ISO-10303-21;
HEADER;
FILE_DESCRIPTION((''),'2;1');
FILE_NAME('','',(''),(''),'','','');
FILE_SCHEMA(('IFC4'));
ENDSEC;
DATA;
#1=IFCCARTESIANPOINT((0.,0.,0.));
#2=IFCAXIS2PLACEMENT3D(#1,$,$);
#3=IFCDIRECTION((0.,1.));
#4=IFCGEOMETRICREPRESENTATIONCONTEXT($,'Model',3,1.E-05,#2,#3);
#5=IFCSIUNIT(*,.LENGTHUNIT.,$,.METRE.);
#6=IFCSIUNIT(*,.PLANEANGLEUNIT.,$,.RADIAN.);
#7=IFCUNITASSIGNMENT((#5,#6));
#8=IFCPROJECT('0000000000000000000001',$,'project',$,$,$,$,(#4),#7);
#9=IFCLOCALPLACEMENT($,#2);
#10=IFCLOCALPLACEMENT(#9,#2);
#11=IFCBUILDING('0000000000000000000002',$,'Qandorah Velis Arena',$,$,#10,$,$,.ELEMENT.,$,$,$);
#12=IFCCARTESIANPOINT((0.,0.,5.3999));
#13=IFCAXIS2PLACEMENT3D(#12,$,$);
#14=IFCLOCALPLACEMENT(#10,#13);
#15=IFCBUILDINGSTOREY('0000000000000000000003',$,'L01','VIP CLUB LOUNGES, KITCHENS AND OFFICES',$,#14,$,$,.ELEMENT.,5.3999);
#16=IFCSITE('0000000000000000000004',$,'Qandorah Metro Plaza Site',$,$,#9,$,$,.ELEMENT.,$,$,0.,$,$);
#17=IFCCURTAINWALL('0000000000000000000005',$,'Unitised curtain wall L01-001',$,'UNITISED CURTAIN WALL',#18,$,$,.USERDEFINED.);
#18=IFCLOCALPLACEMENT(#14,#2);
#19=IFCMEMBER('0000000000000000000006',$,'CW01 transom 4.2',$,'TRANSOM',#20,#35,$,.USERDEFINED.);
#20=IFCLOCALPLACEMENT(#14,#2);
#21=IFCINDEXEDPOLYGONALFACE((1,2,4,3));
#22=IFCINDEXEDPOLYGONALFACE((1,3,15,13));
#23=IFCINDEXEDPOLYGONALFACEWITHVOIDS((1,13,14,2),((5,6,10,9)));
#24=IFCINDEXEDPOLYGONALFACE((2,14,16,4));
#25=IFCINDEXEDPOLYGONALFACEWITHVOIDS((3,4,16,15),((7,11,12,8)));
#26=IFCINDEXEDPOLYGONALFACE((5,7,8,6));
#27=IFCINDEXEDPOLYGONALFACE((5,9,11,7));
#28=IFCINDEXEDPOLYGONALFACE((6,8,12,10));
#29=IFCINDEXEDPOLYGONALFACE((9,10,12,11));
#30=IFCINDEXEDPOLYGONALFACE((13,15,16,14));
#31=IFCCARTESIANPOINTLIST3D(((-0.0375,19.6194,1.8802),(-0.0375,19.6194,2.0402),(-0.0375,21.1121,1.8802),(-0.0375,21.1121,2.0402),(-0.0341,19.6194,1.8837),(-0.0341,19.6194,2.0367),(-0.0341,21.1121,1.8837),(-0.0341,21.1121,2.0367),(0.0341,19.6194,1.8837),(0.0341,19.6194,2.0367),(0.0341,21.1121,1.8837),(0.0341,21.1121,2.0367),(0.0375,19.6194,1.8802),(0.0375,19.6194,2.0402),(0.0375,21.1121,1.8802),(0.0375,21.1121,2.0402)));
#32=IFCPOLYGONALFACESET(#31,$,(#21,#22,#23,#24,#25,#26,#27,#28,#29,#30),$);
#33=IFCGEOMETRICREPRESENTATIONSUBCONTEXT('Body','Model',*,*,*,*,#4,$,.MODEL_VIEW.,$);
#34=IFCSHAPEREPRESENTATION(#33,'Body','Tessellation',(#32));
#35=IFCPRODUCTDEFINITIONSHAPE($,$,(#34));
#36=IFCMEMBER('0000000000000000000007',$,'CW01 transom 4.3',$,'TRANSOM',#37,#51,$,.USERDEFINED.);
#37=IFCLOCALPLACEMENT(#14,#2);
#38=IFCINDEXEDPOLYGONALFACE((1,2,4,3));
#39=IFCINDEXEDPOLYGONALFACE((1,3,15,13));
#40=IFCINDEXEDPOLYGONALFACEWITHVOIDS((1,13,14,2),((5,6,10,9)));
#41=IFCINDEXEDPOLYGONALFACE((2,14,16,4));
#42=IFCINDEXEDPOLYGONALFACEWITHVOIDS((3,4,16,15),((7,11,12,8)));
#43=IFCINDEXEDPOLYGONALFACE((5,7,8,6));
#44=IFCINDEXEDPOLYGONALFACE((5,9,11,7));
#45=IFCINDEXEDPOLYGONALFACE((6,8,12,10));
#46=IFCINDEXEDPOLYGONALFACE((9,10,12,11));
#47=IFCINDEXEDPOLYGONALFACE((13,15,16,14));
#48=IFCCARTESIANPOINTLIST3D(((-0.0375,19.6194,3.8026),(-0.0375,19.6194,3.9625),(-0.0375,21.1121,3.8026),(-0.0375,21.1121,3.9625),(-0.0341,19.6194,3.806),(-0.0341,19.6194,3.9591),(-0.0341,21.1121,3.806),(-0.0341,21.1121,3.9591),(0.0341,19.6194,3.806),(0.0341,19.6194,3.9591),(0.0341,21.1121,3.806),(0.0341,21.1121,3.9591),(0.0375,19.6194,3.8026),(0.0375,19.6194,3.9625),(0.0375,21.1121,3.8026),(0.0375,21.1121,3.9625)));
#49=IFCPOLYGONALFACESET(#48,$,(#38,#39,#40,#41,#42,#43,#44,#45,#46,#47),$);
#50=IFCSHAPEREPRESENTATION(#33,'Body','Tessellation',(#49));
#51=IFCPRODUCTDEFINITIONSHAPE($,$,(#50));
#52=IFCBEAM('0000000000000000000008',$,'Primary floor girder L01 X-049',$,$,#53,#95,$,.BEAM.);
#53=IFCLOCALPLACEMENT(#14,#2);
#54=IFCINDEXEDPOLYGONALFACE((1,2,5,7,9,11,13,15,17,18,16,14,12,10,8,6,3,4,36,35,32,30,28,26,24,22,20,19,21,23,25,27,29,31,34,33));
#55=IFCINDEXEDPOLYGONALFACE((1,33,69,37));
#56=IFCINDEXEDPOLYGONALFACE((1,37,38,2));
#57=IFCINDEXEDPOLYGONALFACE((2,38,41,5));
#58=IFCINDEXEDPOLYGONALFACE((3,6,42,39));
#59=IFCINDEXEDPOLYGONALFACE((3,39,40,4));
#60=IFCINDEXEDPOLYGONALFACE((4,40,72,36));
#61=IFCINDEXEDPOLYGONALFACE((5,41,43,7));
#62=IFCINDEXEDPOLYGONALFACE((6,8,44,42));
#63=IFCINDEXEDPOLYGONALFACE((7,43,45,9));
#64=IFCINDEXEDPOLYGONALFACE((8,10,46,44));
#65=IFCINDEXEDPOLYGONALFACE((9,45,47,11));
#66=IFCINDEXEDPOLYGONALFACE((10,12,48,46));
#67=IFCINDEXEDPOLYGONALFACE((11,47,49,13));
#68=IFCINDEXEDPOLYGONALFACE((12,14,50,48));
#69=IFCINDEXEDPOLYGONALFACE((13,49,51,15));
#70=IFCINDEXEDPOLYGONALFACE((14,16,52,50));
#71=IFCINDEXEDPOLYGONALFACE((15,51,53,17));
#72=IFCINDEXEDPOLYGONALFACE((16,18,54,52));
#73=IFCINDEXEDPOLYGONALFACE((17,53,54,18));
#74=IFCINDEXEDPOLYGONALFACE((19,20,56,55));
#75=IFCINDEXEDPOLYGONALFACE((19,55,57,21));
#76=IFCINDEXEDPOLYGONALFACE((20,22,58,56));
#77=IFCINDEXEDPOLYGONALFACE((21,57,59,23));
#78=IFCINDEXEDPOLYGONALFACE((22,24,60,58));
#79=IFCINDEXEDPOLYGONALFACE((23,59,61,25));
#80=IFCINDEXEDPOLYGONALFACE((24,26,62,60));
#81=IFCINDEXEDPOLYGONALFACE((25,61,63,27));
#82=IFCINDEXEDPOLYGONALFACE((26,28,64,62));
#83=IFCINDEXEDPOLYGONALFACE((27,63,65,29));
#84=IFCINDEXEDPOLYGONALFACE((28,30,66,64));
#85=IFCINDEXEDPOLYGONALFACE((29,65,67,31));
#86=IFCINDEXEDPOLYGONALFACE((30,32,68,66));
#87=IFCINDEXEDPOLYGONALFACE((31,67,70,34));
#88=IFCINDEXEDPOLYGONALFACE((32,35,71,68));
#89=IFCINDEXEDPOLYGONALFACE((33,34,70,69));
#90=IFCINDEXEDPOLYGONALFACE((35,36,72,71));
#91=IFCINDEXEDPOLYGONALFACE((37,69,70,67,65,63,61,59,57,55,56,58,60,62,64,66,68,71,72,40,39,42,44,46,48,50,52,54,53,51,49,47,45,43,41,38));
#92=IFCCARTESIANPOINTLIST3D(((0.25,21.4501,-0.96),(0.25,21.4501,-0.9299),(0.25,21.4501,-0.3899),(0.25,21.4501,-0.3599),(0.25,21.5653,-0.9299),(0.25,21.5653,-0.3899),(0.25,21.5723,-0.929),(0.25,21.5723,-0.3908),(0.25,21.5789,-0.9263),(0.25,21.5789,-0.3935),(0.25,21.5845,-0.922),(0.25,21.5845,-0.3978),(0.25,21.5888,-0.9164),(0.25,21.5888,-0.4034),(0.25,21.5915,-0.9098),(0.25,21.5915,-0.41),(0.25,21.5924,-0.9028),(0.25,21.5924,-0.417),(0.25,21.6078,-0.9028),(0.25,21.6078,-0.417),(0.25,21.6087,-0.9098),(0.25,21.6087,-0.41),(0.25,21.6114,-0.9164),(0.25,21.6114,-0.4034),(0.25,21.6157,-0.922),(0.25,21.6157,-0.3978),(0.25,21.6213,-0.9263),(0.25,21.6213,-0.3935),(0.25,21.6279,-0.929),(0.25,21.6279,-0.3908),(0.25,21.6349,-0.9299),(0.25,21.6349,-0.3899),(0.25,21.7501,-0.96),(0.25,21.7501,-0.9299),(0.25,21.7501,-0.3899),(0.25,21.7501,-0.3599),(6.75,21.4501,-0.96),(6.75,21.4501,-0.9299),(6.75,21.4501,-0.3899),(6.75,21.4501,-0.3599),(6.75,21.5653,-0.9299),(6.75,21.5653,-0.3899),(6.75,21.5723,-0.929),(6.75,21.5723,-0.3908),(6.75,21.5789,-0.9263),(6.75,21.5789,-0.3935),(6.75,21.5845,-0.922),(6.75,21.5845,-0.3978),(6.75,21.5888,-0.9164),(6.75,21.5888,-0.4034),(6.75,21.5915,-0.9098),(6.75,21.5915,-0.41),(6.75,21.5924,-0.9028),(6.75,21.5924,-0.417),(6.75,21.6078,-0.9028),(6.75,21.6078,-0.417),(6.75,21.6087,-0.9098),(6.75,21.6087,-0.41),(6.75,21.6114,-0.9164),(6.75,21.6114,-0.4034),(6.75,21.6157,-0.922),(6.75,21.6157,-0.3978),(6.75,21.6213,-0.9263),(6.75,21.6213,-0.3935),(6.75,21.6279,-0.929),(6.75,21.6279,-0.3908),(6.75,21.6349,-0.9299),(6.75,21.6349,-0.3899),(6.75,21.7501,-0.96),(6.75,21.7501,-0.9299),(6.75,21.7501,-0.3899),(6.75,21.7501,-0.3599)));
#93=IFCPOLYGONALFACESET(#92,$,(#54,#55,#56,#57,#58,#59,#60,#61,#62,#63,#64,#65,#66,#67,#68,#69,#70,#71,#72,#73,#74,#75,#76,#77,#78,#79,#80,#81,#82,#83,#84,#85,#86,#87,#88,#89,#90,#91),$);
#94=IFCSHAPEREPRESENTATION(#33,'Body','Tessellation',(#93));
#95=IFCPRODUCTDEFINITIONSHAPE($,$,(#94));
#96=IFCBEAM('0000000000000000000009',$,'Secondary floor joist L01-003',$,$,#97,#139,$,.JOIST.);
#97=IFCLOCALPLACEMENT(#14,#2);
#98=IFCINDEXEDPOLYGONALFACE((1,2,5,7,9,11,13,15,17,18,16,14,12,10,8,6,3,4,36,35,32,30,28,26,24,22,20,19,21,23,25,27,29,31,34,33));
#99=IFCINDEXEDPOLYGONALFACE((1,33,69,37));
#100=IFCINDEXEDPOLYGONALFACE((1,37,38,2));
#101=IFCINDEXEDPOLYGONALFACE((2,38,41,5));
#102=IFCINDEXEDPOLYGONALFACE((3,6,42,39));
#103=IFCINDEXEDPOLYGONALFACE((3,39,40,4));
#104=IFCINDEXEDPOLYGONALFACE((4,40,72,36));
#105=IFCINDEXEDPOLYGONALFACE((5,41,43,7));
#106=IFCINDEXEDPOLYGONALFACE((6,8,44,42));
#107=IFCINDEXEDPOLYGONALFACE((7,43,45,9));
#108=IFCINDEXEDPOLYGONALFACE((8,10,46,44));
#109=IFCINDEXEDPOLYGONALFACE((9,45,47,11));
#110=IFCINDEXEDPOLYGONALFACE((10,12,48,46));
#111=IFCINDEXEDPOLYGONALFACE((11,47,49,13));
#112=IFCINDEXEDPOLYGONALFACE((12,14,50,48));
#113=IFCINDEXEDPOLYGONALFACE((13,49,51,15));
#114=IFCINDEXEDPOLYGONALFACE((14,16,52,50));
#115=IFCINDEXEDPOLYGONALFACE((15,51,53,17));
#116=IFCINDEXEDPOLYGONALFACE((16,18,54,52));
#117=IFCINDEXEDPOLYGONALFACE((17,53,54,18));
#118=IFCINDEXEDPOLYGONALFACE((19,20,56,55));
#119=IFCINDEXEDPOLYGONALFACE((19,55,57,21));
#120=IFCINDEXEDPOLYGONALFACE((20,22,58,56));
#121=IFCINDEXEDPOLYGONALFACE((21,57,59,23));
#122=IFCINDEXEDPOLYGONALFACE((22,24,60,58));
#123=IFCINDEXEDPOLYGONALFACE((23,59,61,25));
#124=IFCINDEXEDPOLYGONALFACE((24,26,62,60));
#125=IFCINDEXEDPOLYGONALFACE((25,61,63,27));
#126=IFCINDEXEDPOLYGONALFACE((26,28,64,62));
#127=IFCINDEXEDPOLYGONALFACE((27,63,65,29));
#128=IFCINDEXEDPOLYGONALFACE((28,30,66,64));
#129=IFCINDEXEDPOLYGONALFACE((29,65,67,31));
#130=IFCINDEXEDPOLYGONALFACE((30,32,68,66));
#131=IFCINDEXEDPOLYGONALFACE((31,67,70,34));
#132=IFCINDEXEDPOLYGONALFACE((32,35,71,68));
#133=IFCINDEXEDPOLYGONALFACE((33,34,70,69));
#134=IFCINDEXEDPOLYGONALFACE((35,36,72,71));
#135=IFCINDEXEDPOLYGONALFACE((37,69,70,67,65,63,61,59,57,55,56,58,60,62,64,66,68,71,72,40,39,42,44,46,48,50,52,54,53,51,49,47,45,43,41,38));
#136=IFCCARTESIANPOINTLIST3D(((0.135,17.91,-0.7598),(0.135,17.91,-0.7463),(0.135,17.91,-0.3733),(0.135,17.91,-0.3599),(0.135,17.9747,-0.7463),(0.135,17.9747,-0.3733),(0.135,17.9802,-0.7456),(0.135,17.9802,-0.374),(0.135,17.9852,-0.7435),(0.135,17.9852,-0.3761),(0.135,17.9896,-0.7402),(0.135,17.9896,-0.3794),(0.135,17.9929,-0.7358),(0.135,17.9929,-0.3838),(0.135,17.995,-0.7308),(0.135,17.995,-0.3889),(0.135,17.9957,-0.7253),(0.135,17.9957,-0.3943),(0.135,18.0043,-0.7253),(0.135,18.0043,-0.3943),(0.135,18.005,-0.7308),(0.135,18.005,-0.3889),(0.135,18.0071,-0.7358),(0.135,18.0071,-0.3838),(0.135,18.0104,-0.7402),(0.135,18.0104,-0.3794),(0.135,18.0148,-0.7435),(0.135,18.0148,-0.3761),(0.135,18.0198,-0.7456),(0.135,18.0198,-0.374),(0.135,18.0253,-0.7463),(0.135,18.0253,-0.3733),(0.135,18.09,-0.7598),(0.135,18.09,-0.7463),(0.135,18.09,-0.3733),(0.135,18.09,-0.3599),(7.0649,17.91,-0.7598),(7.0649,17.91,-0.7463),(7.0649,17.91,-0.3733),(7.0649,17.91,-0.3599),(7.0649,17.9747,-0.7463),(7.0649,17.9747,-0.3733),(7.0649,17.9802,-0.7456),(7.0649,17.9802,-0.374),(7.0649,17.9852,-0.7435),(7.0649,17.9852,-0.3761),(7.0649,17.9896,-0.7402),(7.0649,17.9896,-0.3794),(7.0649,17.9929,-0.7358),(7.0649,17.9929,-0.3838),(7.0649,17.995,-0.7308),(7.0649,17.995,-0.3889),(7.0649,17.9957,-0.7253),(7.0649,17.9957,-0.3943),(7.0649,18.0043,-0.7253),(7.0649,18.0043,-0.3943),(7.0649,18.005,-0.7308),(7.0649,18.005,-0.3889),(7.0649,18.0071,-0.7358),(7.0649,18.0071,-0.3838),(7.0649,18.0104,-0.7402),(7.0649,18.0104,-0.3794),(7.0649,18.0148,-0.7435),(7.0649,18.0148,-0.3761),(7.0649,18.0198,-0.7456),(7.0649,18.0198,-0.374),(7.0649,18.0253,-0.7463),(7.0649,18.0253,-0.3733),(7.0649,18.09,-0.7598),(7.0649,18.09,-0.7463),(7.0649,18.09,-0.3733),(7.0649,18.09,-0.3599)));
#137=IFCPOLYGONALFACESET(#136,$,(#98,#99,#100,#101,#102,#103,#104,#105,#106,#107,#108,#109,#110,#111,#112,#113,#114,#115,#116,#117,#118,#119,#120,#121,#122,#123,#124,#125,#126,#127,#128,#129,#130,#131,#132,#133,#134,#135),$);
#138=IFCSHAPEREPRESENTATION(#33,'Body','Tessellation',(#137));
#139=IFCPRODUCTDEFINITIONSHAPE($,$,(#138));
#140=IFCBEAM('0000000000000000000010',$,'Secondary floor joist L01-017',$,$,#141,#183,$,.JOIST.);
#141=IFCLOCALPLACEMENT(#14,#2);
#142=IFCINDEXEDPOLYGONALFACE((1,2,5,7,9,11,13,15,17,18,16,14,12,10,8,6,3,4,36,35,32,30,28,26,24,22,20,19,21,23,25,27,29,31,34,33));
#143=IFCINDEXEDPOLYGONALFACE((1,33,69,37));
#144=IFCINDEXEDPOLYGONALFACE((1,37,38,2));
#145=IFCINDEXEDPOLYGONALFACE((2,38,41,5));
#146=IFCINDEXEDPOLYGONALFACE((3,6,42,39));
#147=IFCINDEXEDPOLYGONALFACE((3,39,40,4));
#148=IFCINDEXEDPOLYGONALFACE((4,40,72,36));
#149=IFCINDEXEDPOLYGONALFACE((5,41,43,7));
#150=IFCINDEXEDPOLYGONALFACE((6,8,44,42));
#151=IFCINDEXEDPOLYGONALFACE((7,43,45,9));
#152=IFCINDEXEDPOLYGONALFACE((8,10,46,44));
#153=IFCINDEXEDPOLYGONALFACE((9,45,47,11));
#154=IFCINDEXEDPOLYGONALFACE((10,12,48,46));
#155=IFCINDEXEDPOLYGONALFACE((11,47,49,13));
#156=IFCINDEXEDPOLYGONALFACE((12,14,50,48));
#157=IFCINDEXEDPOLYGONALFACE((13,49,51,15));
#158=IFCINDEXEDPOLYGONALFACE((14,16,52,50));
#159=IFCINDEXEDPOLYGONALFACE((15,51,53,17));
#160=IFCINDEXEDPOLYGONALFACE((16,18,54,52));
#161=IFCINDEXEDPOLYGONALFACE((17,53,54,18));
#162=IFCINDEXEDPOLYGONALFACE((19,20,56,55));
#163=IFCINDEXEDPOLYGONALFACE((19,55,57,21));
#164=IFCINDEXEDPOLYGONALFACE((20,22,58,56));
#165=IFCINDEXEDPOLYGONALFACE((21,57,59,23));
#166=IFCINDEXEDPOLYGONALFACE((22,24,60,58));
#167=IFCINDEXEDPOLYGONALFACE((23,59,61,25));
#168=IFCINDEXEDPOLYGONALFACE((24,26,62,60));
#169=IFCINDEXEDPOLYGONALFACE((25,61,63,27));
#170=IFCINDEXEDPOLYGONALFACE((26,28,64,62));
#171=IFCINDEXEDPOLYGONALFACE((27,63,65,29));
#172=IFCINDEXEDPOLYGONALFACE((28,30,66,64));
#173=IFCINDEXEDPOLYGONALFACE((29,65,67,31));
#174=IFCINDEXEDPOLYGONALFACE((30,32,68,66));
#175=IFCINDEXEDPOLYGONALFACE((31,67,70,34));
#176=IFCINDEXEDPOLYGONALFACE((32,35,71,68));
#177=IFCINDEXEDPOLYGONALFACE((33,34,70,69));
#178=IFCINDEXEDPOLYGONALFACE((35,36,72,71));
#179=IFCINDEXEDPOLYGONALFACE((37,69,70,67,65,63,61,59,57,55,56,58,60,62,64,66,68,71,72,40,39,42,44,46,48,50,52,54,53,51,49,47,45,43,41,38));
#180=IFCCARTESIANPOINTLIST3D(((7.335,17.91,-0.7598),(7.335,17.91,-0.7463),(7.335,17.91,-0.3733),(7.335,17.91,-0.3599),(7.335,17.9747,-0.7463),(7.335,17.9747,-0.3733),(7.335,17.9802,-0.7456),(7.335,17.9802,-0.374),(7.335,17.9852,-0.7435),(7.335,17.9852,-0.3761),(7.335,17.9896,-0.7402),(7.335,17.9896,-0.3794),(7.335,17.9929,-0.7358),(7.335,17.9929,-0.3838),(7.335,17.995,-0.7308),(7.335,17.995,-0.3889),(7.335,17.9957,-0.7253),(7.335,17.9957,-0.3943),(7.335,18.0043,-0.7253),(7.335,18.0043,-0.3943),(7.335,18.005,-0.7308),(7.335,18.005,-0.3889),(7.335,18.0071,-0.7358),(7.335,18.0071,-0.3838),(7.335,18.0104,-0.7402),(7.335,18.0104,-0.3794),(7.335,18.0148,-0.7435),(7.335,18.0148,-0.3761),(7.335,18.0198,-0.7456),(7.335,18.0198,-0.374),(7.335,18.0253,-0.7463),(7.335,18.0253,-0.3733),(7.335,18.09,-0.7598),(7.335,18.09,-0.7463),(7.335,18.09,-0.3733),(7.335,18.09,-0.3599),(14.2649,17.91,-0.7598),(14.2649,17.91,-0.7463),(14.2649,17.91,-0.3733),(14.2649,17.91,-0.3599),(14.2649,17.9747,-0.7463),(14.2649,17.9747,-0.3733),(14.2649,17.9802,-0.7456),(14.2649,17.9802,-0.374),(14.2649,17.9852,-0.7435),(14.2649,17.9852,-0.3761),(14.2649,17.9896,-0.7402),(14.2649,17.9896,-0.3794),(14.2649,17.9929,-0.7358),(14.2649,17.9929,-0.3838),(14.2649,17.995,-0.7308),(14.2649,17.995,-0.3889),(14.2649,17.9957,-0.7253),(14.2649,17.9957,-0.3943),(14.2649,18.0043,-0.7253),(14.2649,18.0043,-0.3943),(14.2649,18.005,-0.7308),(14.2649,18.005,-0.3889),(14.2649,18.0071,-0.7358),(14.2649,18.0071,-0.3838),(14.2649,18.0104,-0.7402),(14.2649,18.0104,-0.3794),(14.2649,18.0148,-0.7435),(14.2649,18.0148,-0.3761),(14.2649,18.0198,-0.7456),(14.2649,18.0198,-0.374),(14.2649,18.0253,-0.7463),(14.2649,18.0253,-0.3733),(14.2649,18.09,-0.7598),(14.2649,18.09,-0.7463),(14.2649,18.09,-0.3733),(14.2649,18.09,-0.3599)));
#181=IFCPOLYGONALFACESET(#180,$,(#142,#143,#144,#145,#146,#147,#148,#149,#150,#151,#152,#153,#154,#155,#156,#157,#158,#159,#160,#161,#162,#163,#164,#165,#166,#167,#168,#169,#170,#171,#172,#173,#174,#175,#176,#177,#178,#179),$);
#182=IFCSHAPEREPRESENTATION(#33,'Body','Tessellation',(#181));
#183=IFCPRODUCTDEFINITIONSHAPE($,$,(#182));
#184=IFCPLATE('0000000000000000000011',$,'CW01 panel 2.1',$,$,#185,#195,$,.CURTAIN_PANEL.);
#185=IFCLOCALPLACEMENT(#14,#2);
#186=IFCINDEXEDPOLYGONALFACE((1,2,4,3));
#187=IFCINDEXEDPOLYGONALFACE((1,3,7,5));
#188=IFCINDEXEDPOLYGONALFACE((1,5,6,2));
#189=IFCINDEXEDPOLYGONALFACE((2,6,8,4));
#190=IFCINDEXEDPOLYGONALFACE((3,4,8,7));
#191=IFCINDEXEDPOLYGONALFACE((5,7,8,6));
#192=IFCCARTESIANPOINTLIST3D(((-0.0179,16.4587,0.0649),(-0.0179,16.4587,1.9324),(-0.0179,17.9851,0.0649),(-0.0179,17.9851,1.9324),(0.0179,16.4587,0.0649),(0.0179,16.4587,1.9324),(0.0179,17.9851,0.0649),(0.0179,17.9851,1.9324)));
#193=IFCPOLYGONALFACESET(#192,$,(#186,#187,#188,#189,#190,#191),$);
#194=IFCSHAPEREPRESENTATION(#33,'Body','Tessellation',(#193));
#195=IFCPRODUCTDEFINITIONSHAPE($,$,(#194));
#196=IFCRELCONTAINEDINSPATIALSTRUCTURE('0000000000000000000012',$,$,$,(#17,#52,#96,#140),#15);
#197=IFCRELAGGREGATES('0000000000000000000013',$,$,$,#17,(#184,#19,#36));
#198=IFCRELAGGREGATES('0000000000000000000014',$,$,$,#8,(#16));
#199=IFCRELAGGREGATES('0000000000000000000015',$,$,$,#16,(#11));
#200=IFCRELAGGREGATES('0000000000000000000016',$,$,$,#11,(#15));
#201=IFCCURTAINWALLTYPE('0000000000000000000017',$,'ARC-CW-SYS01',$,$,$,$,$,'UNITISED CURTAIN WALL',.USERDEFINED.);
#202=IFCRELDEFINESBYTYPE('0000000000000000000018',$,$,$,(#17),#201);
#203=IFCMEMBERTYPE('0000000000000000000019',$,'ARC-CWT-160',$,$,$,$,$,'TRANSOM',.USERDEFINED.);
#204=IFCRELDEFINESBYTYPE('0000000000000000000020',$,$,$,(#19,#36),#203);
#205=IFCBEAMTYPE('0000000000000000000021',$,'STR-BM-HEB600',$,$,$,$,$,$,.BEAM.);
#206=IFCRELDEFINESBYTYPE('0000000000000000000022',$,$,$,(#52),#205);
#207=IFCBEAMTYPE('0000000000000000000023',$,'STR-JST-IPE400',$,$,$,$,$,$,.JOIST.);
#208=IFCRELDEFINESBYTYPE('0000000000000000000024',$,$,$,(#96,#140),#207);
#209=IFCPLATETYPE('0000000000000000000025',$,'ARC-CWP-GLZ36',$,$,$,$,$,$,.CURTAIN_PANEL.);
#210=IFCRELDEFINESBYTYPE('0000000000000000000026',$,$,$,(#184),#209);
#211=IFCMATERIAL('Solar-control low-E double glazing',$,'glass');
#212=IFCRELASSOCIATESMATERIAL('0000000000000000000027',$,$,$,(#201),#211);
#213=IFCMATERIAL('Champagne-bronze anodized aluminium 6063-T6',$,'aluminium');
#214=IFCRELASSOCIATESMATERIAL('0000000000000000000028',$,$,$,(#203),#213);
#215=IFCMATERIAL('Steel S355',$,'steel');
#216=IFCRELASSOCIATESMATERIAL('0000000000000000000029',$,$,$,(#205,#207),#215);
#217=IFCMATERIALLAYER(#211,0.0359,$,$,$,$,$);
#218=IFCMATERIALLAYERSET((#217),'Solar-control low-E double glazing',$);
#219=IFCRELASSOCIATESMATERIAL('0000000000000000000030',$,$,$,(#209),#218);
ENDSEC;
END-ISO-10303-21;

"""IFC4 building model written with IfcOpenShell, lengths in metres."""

from ifc_helpers import new_model, si_unit, direction, frame, origin, origin_2d, place, context, subcontext, project, spatial, rectangle, hollow_rectangle, i_section, extrude, material, layer, layer_set, material_profile, profile_set, type_object, element, aggregate, save


model = new_model("IFC4")

# Units and contexts
model_context = context("Model", 3, precision=1e-05, world=origin(), true_north=direction((0.0, 1.0)))
body_context = subcontext(model_context, "Body", "Model", "MODEL_VIEW")
ifc_project = project(units=[si_unit("LENGTHUNIT", "METRE"), si_unit("PLANEANGLEUNIT", "RADIAN")], contexts=[model_context])

# Site, building, storey
site_placement = place(None, origin())
site = spatial("IfcSite", under=ifc_project, at=site_placement, Name="Qandorah Metro Plaza Site", CompositionType="ELEMENT", RefElevation=0.0)
building_placement = place(site_placement, origin())
building = spatial("IfcBuilding", under=site, at=building_placement, Name="Qandorah Velis Arena", CompositionType="ELEMENT")
storey_placement = place(building_placement, frame((0.0, 0.0, 5.3999)))
storey = spatial("IfcBuildingStorey", under=building, at=storey_placement, Name="L01", Description="VIP CLUB LOUNGES, KITCHENS AND OFFICES", CompositionType="ELEMENT", Elevation=5.3999)

# Curtain wall, members
ifc_material_1 = material(Name="Solar-control low-E double glazing", Category="glass")
curtain_wall_type = type_object("IfcCurtainWallType", Name="ARC-CW-SYS01", ElementType="UNITISED CURTAIN WALL", PredefinedType="USERDEFINED", material=ifc_material_1)
curtain_wall_placement = place(storey_placement, origin())
curtain_wall = element("IfcCurtainWall", 1, at=curtain_wall_placement, inside=storey, type_object=curtain_wall_type, Name="Unitised curtain wall L01-001", ObjectType="UNITISED CURTAIN WALL", PredefinedType="USERDEFINED")
ifc_material_2 = material(Name="Champagne-bronze anodized aluminium 6063-T6", Category="aluminium")
ifc_material_profile_1 = material_profile(ifc_material_2, hollow_rectangle(XDim=0.075, YDim=0.1599, WallThickness=0.0034, at=origin_2d()), Name="ALU TRANSOM 75x160")
ifc_profile_set_1 = profile_set([ifc_material_profile_1], Name="Champagne-bronze anodized aluminium 6063-T6")
member_type_1 = type_object("IfcMemberType", Name="ARC-CWT-160", ElementType="TRANSOM", PredefinedType="USERDEFINED", material=ifc_profile_set_1)
member_1_placement = place(storey_placement, frame((0.0, 19.6194, 1.9602), z_axis=(0.0, 1.0, 0.0), x_axis=(-1.0, 0.0, 0.0)))
member_1 = element("IfcMember", 2, at=member_1_placement, type_object=member_type_1, Name="CW01 transom 4.2", ObjectType="TRANSOM", PredefinedType="USERDEFINED", context=body_context, shape_type="SweptSolid", body=[
    extrude(hollow_rectangle(XDim=0.075, YDim=0.1599, WallThickness=0.0034, at=origin_2d()), origin(), (0.0, 0.0, 1.0), 1.4927),
])
member_2_placement = place(storey_placement, frame((0.0, 19.6194, 3.8826), z_axis=(0.0, 1.0, 0.0), x_axis=(-1.0, 0.0, 0.0)))
member_2 = element("IfcMember", 3, at=member_2_placement, type_object=member_type_1, Name="CW01 transom 4.3", ObjectType="TRANSOM", PredefinedType="USERDEFINED", context=body_context, shape_type="SweptSolid", body=[
    extrude(hollow_rectangle(XDim=0.075, YDim=0.1599, WallThickness=0.0034, at=origin_2d()), origin(), (0.0, 0.0, 1.0), 1.4927),
])

# Beams
ifc_material_3 = material(Name="Steel S355", Category="steel")
ifc_material_profile_2 = material_profile(ifc_material_3, i_section(OverallWidth=0.3, OverallDepth=0.6001, WebThickness=0.0154, FlangeThickness=0.03, FilletRadius=0.0271, at=origin_2d()), Name="HEB 600")
ifc_profile_set_2 = profile_set([ifc_material_profile_2], Name="Steel S355")
beam_type_1 = type_object("IfcBeamType", Name="STR-BM-HEB600", PredefinedType="BEAM", material=ifc_profile_set_2)
beam_placement = place(storey_placement, frame((0.25, 21.6001, -0.6599), z_axis=(1.0, 0.0, 0.0), x_axis=(0.0, 1.0, 0.0)))
element("IfcBeam", 4, at=beam_placement, inside=storey, type_object=beam_type_1, Name="Primary floor girder L01 X-049", PredefinedType="BEAM", context=body_context, shape_type="SweptSolid", body=[
    extrude(i_section(OverallWidth=0.3, OverallDepth=0.6001, WebThickness=0.0154, FlangeThickness=0.03, FilletRadius=0.0271, at=origin_2d()), origin(), (0.0, 0.0, 1.0), 6.5),
])
ifc_material_profile_3 = material_profile(ifc_material_3, i_section(OverallWidth=0.1799, OverallDepth=0.3999, WebThickness=0.0085, FlangeThickness=0.0134, FilletRadius=0.021, at=origin_2d()), Name="IPE 400")
ifc_profile_set_3 = profile_set([ifc_material_profile_3], Name="Steel S355")
beam_type_2 = type_object("IfcBeamType", Name="STR-JST-IPE400", PredefinedType="JOIST", material=ifc_profile_set_3)
for number, where, z_axis, x_axis, name in (
    (5, (0.135, 18.0, -0.5598), (1.0, 0.0, 0.0), (0.0, 1.0, 0.0), "Secondary floor joist L01-003"),
    (6, (7.335, 18.0, -0.5598), (1.0, 0.0, 0.0), (0.0, 1.0, 0.0), "Secondary floor joist L01-017"),
):
    element("IfcBeam", number, at=place(storey_placement, frame(where, z_axis=z_axis, x_axis=x_axis)), inside=storey, type_object=beam_type_2, Name=name, PredefinedType="JOIST", context=body_context, shape_type="SweptSolid", body=[
        extrude(i_section(OverallWidth=0.1799, OverallDepth=0.3999, WebThickness=0.0085, FlangeThickness=0.0134, FilletRadius=0.021, at=origin_2d()), origin(), (0.0, 0.0, 1.0), 6.9299),
    ])

# Plate
ifc_layer = layer(ifc_material_1, 0.0359)
ifc_layer_set = layer_set([ifc_layer], Name="Solar-control low-E double glazing")
plate_type = type_object("IfcPlateType", Name="ARC-CWP-GLZ36", PredefinedType="CURTAIN_PANEL", material=ifc_layer_set)
plate_1_placement = place(storey_placement, frame((0.0, 17.2219, 0.0649), z_axis=(0.0, 0.0, 1.0), x_axis=(0.0, 1.0, 0.0)))
plate_1 = element("IfcPlate", 7, at=plate_1_placement, type_object=plate_type, Name="CW01 panel 2.1", PredefinedType="CURTAIN_PANEL", context=body_context, shape_type="SweptSolid", body=[
    extrude(rectangle(XDim=1.5264, YDim=0.0359, at=origin_2d()), origin(), (0.0, 0.0, 1.0), 1.8674),
])
aggregate(curtain_wall, [plate_1, member_1, member_2])

save(model, "model.ifc")
